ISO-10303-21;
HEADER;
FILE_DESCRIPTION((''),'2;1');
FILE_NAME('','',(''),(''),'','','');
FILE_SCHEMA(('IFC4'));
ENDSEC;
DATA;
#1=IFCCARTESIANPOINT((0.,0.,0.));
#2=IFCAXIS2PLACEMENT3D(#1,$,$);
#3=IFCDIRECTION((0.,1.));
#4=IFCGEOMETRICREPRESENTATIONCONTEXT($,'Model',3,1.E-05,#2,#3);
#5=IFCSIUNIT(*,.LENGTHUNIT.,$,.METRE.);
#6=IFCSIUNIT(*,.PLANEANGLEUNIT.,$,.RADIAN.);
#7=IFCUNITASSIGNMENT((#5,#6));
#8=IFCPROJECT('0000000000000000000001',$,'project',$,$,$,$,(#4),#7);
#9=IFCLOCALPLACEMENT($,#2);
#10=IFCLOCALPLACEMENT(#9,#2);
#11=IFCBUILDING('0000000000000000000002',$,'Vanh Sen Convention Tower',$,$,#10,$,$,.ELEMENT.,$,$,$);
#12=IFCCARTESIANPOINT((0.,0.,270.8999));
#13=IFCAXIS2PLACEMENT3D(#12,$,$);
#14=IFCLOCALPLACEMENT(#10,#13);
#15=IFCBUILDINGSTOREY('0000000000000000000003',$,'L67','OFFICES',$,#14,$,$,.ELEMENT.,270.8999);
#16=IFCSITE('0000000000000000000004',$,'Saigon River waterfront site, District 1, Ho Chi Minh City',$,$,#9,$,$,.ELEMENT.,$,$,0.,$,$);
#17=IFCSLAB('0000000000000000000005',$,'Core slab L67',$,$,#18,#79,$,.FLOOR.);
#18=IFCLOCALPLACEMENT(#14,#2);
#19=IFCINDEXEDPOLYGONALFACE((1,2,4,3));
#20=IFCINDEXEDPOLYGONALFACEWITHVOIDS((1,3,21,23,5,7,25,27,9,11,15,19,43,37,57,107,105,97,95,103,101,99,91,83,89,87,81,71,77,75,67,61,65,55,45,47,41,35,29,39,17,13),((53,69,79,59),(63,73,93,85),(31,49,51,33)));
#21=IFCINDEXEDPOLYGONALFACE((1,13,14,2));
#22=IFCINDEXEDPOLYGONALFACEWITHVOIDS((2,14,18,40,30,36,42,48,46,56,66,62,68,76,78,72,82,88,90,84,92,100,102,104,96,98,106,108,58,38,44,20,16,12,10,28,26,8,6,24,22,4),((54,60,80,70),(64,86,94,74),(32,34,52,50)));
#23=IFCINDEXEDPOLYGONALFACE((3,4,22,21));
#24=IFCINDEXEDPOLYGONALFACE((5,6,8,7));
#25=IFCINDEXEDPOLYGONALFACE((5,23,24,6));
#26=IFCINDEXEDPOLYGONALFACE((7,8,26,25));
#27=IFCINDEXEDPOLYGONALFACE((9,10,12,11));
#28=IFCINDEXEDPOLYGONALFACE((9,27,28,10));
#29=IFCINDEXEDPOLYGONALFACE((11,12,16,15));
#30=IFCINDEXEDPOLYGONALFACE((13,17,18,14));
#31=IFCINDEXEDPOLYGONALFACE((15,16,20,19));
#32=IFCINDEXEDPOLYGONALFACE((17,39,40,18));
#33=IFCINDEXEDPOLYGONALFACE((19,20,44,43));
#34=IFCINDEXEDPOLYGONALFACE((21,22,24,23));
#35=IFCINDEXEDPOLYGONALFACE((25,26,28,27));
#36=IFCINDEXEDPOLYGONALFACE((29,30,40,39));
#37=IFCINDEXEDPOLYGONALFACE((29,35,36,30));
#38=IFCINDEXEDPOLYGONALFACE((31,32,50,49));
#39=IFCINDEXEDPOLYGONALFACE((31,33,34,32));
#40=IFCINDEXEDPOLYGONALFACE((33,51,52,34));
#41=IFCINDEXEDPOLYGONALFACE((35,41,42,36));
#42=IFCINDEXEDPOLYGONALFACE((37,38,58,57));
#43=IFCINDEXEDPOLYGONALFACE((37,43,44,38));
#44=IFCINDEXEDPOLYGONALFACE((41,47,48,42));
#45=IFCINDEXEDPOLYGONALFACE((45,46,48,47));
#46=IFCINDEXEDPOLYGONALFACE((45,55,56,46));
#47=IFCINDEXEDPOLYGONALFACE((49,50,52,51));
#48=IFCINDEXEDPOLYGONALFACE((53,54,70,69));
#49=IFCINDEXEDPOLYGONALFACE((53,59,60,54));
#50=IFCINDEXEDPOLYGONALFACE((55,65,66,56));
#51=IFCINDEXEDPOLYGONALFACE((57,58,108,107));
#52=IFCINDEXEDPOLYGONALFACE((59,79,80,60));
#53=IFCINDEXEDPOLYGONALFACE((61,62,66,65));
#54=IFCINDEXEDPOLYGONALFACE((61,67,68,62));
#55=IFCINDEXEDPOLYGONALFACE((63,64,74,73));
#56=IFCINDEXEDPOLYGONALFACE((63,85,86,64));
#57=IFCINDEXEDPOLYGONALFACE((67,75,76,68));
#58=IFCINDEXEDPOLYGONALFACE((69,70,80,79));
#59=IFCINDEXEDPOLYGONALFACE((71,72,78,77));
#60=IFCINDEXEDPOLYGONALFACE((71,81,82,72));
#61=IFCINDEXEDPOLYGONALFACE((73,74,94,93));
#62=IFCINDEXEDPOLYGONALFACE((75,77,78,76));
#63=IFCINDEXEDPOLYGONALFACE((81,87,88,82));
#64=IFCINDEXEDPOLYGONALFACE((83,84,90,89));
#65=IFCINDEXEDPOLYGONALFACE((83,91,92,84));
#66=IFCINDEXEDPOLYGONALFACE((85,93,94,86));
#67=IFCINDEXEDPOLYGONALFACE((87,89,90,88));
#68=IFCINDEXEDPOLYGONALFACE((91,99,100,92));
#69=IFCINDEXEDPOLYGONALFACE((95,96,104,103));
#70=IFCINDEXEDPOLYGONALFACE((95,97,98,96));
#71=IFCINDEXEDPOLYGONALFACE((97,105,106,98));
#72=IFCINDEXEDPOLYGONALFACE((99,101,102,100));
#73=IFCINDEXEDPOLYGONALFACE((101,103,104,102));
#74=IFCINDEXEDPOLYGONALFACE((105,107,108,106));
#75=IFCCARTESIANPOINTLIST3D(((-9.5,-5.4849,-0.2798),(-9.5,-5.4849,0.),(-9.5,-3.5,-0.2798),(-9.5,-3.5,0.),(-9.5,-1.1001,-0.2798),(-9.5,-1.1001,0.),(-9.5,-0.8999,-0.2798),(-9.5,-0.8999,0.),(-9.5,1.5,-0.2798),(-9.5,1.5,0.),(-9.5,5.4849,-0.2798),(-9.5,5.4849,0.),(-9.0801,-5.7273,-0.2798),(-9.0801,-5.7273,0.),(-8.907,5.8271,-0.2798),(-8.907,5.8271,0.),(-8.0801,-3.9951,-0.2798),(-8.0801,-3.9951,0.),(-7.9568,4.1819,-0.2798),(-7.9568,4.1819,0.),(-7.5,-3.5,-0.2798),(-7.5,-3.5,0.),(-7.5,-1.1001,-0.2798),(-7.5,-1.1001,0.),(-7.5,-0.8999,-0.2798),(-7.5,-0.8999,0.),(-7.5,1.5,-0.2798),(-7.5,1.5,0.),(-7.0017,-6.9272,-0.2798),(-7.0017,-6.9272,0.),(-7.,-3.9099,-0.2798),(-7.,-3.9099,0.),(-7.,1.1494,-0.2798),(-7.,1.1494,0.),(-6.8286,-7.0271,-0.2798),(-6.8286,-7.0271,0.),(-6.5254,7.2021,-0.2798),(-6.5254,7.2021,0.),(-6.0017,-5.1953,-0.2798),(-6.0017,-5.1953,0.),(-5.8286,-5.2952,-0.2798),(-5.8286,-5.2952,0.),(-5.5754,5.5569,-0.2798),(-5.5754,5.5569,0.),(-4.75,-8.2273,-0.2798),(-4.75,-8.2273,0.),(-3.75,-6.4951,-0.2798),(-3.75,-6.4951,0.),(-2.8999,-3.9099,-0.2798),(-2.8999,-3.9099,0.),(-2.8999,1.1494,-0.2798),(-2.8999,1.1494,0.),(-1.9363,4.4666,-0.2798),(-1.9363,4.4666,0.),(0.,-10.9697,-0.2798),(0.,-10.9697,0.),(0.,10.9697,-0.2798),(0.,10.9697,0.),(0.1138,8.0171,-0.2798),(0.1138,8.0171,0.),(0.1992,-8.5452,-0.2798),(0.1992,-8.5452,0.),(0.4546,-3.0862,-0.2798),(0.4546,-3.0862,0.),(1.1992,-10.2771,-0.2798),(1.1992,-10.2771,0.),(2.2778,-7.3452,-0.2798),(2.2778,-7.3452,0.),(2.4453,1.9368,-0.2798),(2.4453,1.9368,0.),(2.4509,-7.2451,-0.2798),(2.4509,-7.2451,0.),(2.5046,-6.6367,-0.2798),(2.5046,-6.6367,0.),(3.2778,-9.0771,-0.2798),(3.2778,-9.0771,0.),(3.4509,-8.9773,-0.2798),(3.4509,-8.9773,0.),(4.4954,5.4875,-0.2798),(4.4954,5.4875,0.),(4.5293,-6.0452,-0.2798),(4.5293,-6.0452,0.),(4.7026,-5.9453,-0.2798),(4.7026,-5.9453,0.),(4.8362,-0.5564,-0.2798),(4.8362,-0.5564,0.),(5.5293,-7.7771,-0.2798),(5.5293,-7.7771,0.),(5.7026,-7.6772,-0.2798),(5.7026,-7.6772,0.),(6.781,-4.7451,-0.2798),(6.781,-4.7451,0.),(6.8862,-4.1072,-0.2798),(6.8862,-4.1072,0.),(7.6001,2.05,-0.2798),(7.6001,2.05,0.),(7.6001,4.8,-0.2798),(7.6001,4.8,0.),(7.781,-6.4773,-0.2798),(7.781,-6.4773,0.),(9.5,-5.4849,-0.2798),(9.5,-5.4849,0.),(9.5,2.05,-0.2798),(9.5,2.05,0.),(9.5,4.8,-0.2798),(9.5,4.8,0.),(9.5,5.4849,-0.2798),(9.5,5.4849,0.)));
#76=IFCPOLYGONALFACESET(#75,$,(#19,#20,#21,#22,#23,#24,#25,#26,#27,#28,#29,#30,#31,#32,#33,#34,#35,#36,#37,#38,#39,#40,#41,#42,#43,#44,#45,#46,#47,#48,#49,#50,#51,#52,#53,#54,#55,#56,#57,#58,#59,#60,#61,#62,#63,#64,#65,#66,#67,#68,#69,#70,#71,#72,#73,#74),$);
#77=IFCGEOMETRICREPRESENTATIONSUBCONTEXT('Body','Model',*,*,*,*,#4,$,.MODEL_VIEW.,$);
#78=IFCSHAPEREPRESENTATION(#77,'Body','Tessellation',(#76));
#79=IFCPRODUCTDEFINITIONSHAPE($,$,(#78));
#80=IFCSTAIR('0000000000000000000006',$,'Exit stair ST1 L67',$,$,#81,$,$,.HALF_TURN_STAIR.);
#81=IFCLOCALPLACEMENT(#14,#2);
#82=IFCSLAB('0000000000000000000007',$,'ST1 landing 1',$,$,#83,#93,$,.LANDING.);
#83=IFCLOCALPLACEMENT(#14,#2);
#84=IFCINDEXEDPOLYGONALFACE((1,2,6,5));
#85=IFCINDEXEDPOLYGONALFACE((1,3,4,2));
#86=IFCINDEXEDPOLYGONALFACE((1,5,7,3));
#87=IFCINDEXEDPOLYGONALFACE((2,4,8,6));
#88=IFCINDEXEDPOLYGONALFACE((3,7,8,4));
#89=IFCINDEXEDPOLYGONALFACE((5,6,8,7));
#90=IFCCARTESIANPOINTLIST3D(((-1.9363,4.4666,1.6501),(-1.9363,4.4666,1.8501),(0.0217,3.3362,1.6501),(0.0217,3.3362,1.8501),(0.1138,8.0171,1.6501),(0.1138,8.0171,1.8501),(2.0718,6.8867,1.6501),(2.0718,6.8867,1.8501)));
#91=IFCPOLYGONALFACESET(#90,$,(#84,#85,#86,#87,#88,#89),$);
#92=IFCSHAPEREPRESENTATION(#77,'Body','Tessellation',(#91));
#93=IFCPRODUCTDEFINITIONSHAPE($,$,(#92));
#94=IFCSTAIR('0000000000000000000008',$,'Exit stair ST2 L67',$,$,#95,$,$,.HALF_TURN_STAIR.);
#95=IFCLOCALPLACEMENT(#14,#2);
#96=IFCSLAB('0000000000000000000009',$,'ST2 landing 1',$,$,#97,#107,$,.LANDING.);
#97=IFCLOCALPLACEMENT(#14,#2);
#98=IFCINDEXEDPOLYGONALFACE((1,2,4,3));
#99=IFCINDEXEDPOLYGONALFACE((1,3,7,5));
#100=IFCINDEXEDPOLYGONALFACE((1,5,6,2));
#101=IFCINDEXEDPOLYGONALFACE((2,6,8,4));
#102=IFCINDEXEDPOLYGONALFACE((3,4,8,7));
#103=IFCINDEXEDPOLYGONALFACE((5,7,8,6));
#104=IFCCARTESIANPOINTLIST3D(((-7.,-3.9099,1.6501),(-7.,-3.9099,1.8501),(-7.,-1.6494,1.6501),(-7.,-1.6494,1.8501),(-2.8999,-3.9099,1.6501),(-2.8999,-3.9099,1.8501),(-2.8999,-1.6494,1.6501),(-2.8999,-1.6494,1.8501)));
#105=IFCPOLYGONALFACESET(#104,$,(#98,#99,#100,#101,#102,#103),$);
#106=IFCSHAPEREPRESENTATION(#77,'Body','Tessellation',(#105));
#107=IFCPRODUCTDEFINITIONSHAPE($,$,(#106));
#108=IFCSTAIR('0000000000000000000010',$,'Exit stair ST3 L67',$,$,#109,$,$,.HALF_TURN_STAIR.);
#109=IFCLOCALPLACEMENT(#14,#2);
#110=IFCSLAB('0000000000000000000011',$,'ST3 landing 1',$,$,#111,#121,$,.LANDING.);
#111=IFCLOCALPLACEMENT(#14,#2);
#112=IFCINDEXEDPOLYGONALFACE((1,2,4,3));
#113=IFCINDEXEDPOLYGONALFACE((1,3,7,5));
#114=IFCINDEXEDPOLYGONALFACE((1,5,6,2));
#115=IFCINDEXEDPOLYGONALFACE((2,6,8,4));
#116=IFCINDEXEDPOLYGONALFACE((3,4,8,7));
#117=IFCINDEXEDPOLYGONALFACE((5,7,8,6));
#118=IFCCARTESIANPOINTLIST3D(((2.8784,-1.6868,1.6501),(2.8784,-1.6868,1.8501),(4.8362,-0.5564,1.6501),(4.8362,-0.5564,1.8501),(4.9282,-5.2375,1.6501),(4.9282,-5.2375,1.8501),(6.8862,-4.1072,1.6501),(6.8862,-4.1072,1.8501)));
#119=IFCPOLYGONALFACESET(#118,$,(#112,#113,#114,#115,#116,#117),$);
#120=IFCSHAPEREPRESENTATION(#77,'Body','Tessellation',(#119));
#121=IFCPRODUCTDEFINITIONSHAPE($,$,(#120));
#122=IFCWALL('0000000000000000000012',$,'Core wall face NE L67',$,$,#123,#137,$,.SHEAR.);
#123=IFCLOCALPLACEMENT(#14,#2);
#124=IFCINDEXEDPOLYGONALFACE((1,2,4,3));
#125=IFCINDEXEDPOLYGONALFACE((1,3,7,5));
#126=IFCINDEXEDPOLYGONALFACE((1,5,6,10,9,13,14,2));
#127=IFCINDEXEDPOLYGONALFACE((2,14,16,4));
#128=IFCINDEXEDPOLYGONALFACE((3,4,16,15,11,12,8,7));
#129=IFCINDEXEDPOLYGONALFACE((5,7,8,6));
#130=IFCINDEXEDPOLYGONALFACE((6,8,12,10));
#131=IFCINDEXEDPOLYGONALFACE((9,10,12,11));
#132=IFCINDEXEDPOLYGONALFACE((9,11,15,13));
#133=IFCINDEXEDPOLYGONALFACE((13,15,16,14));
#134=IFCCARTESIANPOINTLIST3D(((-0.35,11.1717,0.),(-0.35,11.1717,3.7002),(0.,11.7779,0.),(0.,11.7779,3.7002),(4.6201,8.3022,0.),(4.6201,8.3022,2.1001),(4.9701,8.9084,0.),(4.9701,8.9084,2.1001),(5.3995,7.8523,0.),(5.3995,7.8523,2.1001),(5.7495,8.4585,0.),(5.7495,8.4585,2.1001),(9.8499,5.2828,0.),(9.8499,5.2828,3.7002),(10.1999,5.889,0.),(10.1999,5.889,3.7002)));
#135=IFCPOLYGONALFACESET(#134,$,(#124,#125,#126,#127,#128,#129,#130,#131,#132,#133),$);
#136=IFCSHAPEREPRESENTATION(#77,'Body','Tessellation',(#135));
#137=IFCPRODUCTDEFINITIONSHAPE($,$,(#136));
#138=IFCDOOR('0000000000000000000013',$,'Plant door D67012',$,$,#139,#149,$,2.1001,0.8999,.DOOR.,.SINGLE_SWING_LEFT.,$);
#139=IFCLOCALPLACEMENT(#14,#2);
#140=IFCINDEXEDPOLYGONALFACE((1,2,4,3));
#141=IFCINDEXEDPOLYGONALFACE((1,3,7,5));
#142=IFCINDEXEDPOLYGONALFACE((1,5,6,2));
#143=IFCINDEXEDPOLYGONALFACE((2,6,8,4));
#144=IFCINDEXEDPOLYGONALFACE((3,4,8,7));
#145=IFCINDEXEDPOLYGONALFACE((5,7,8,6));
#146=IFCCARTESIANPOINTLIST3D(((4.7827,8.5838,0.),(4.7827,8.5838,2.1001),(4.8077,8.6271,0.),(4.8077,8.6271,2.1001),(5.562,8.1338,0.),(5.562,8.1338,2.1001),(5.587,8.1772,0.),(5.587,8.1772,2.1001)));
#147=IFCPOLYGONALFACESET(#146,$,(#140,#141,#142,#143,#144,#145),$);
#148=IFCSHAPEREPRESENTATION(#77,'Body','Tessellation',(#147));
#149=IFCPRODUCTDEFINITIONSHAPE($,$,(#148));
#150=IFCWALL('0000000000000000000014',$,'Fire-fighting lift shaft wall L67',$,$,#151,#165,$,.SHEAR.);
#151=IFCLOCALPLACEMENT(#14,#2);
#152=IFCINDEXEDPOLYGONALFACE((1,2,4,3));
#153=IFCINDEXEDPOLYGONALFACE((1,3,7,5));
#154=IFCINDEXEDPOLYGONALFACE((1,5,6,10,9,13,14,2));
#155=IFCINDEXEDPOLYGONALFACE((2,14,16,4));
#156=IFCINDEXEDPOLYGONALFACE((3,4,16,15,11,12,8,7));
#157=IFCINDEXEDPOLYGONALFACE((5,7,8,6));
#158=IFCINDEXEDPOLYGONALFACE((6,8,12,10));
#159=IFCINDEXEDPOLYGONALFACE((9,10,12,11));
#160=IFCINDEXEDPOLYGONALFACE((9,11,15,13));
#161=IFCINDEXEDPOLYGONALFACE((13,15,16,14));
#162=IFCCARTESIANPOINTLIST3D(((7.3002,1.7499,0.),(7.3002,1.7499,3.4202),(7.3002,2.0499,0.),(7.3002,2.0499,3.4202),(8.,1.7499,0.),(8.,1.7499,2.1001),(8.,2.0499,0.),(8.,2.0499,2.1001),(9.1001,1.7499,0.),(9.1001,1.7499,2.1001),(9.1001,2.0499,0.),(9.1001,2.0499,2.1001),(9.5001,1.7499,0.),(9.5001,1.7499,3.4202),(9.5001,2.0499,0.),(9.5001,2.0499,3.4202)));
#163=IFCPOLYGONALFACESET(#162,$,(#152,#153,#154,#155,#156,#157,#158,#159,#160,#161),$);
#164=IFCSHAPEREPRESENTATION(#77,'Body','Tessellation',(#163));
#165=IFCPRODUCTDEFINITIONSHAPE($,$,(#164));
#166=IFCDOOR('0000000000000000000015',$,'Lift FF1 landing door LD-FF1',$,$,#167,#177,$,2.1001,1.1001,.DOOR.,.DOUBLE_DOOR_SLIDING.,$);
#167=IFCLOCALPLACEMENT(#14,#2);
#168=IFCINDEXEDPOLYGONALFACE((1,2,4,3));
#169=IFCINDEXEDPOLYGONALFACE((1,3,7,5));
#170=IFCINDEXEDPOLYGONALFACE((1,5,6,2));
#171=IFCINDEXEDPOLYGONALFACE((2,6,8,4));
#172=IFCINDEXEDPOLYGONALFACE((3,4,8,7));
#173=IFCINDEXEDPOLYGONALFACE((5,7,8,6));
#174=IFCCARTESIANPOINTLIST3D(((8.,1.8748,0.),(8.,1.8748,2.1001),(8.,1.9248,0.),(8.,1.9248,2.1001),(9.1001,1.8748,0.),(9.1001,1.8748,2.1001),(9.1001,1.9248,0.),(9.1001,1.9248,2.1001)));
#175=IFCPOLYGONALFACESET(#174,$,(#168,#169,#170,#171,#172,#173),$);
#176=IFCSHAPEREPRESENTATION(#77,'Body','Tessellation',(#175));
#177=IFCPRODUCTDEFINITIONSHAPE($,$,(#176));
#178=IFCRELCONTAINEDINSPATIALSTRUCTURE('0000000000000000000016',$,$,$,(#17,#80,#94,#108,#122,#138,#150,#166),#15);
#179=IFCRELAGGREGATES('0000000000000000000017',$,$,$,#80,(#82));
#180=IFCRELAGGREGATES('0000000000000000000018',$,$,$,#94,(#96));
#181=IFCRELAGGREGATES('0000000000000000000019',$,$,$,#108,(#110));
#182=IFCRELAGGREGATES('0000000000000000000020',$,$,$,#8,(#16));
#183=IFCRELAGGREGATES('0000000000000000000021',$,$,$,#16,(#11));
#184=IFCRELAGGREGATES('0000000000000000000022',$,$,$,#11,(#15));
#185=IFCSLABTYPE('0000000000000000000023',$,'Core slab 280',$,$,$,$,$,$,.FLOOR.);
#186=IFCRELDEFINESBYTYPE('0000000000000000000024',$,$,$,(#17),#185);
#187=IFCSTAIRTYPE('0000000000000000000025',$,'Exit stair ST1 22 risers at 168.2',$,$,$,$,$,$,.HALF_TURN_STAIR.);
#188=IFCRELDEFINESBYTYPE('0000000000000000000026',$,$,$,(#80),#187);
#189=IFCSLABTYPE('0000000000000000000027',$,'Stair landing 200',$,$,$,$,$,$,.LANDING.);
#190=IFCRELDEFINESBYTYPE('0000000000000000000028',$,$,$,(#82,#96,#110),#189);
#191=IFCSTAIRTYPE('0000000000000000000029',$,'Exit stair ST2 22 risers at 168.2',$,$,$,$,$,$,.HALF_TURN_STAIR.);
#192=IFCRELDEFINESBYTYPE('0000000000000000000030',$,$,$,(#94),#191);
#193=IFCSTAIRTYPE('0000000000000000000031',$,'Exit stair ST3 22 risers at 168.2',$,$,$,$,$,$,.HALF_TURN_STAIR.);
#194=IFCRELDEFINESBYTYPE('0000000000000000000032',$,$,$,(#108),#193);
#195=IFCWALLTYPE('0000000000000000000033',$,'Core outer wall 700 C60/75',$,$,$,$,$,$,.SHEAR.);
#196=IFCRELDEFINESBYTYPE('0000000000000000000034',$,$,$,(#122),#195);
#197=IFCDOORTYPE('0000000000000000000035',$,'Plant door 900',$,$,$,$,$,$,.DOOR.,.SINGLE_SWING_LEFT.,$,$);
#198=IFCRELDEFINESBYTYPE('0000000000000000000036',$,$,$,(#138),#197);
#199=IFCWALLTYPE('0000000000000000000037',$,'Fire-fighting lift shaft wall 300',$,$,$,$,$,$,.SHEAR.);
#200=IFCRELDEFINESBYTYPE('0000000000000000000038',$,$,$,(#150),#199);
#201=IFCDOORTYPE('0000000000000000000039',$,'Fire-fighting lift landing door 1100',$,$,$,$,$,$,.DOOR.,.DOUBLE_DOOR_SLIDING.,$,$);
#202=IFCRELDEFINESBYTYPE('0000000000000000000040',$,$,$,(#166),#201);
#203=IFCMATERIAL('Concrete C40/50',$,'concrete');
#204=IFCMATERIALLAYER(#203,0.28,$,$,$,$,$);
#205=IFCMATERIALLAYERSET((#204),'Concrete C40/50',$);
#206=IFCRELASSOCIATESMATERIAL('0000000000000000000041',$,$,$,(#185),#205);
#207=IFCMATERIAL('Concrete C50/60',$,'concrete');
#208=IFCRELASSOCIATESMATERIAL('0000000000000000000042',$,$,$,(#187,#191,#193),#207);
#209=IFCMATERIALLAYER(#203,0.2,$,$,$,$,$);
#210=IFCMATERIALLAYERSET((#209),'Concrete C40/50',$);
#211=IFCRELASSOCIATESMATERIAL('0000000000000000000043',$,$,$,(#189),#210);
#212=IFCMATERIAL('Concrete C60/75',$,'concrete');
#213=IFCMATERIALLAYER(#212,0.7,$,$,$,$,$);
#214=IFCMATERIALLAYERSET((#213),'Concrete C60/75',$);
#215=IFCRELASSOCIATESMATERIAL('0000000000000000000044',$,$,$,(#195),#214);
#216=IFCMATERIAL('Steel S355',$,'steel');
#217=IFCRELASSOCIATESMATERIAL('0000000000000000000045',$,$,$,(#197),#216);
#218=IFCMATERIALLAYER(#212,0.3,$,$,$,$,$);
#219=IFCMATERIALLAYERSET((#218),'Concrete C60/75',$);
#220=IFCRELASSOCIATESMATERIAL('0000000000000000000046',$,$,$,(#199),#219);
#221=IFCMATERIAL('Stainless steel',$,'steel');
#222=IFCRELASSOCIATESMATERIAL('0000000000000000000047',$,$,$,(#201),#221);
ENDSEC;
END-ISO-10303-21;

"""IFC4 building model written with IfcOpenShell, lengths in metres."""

from ifc_helpers import new_model, si_unit, direction, frame, frame_2d, origin, place, context, subcontext, project, spatial, polyline, rectangle, outline, extrude, material, layer, layer_set, type_object, element, fill, aggregate, save


model = new_model("IFC4")

# Units and contexts
model_context = context("Model", 3, precision=1e-05, world=origin(), true_north=direction((0.0, 1.0)))
body_context = subcontext(model_context, "Body", "Model", "MODEL_VIEW")
ifc_project = project(units=[si_unit("LENGTHUNIT", "METRE"), si_unit("PLANEANGLEUNIT", "RADIAN")], contexts=[model_context])

# Site, building, storey
site_placement = place(None, origin())
site = spatial("IfcSite", under=ifc_project, at=site_placement, Name="Saigon River waterfront site, District 1, Ho Chi Minh City", CompositionType="ELEMENT", RefElevation=0.0)
building_placement = place(site_placement, origin())
building = spatial("IfcBuilding", under=site, at=building_placement, Name="Vanh Sen Convention Tower", CompositionType="ELEMENT")
storey_placement = place(building_placement, frame((0.0, 0.0, 270.8999)))
storey = spatial("IfcBuildingStorey", under=building, at=storey_placement, Name="L67", Description="OFFICES", CompositionType="ELEMENT", Elevation=270.8999)

# Slab
ifc_material_1 = material(Name="Concrete C40/50", Category="concrete")
ifc_layer_1 = layer(ifc_material_1, 0.28)
ifc_layer_set_1 = layer_set([ifc_layer_1], Name="Concrete C40/50")
slab_type_1 = type_object("IfcSlabType", Name="Core slab 280", PredefinedType="FLOOR", material=ifc_layer_set_1)
slab_1_placement = place(storey_placement, frame((0.0, 0.0, -0.2798)))
element("IfcSlab", 1, at=slab_1_placement, inside=storey, type_object=slab_type_1, Name="Core slab L67", PredefinedType="FLOOR", context=body_context, shape_type="SweptSolid", body=[
    extrude(outline(polyline([(0.0, 10.9697), (9.5, 5.4849), (9.5, 4.8), (7.6001, 4.8), (7.6001, 2.05), (9.5, 2.05), (9.5, -5.4849), (7.781, -6.4773), (6.781, -4.7451), (4.7026, -5.9453), (5.7026, -7.6772), (5.5293, -7.7771), (4.5293, -6.0452), (2.4509, -7.2451), (3.4509, -8.9773), (3.2778, -9.0771), (2.2778, -7.3452), (0.1992, -8.5452), (1.1992, -10.2771), (0.0, -10.9697), (-4.75, -8.2273), (-3.75, -6.4951), (-5.8286, -5.2952), (-6.8286, -7.0271), (-7.0017, -6.9272), (-6.0017, -5.1953), (-8.0801, -3.9951), (-9.0801, -5.7273), (-9.5, -5.4849), (-9.5, -3.5), (-7.5, -3.5), (-7.5, -1.1001), (-9.5, -1.1001), (-9.5, -0.8999), (-7.5, -0.8999), (-7.5, 1.5), (-9.5, 1.5), (-9.5, 5.4849), (-8.907, 5.8271), (-7.9568, 4.1819), (-5.5754, 5.5569), (-6.5254, 7.2021), (0.0, 10.9697)]), holes=[polyline([(-7.0, 1.1494), (-7.0, -3.9099), (-2.8999, -3.9099), (-2.8999, 1.1494), (-7.0, 1.1494)]), polyline([(2.5046, -6.6367), (6.8862, -4.1072), (4.8362, -0.5564), (0.4546, -3.0862), (2.5046, -6.6367)]), polyline([(0.1138, 8.0171), (-1.9363, 4.4666), (2.4453, 1.9368), (4.4954, 5.4875), (0.1138, 8.0171)])]), origin(), (0.0, 0.0, 1.0), 0.2798),
])

# Stairs, slabs
ifc_material_2 = material(Name="Concrete C50/60", Category="concrete")
stair_type_1 = type_object("IfcStairType", Name="Exit stair ST1 22 risers at 168.2", PredefinedType="HALF_TURN_STAIR", material=ifc_material_2)
stair_1_placement = place(storey_placement, origin())
stair_1 = element("IfcStair", 2, at=stair_1_placement, inside=storey, type_object=stair_type_1, Name="Exit stair ST1 L67", PredefinedType="HALF_TURN_STAIR")
ifc_layer_2 = layer(ifc_material_1, 0.2)
ifc_layer_set_2 = layer_set([ifc_layer_2], Name="Concrete C40/50")
slab_type_2 = type_object("IfcSlabType", Name="Stair landing 200", PredefinedType="LANDING", material=ifc_layer_set_2)
slab_2_placement = place(storey_placement, frame((0.0, 0.0, 1.6501)))
slab_2 = element("IfcSlab", 3, at=slab_2_placement, type_object=slab_type_2, Name="ST1 landing 1", PredefinedType="LANDING", context=body_context, shape_type="SweptSolid", body=[
    extrude(outline(polyline([(2.0718, 6.8867), (0.1138, 8.0171), (-1.9363, 4.4666), (0.0217, 3.3362), (2.0718, 6.8867)])), origin(), (0.0, 0.0, 1.0), 0.2),
])
aggregate(stair_1, [slab_2])
stair_type_2 = type_object("IfcStairType", Name="Exit stair ST2 22 risers at 168.2", PredefinedType="HALF_TURN_STAIR", material=ifc_material_2)
stair_2_placement = place(storey_placement, origin())
stair_2 = element("IfcStair", 4, at=stair_2_placement, inside=storey, type_object=stair_type_2, Name="Exit stair ST2 L67", PredefinedType="HALF_TURN_STAIR")
slab_3_placement = place(storey_placement, frame((0.0, 0.0, 1.6501)))
slab_3 = element("IfcSlab", 5, at=slab_3_placement, type_object=slab_type_2, Name="ST2 landing 1", PredefinedType="LANDING", context=body_context, shape_type="SweptSolid", body=[
    extrude(outline(polyline([(-7.0, -1.6494), (-7.0, -3.9099), (-2.8999, -3.9099), (-2.8999, -1.6494), (-7.0, -1.6494)])), origin(), (0.0, 0.0, 1.0), 0.2),
])
aggregate(stair_2, [slab_3])
stair_type_3 = type_object("IfcStairType", Name="Exit stair ST3 22 risers at 168.2", PredefinedType="HALF_TURN_STAIR", material=ifc_material_2)
stair_3_placement = place(storey_placement, origin())
stair_3 = element("IfcStair", 6, at=stair_3_placement, inside=storey, type_object=stair_type_3, Name="Exit stair ST3 L67", PredefinedType="HALF_TURN_STAIR")
slab_4_placement = place(storey_placement, frame((0.0, 0.0, 1.6501)))
slab_4 = element("IfcSlab", 7, at=slab_4_placement, type_object=slab_type_2, Name="ST3 landing 1", PredefinedType="LANDING", context=body_context, shape_type="SweptSolid", body=[
    extrude(outline(polyline([(4.9282, -5.2375), (6.8862, -4.1072), (4.8362, -0.5564), (2.8784, -1.6868), (4.9282, -5.2375)])), origin(), (0.0, 0.0, 1.0), 0.2),
])
aggregate(stair_3, [slab_4])

# Walls, openings, doors
ifc_material_3 = material(Name="Concrete C60/75", Category="concrete")
ifc_layer_3 = layer(ifc_material_3, 0.7)
ifc_layer_set_3 = layer_set([ifc_layer_3], Name="Concrete C60/75")
wall_type_1 = type_object("IfcWallType", Name="Core outer wall 700 C60/75", PredefinedType="SHEAR", material=ifc_layer_set_3)
wall_1_placement = place(storey_placement, frame((10.0249, 5.5859, 0.0), z_axis=(0.0, 0.0, 1.0), x_axis=(-0.866026, 0.499998, 0.0)))
wall_1 = element("IfcWall", 8, at=wall_1_placement, inside=storey, type_object=wall_type_1, Name="Core wall face NE L67", PredefinedType="SHEAR", context=body_context, shape_type="SweptSolid", body=[
    extrude(rectangle(XDim=11.7778, YDim=0.7, at=frame_2d((5.8889, 0.0))), origin(), (0.0, 0.0, 1.0), 3.7002),
])
opening_1_placement = place(wall_1_placement, frame((5.1389, 0.0, 0.0)))
opening_1 = element("IfcOpeningElement", 9, at=opening_1_placement, cuts=wall_1, PredefinedType="OPENING", context=body_context, shape_type="SweptSolid", body=[
    extrude(rectangle(XDim=0.8999, YDim=2.1001, at=frame_2d((0.45, 1.05))), frame((0.0, 0.3599, 0.0), z_axis=(0.0, -1.0, 0.0), x_axis=(1.0, 0.0, 0.0)), (0.0, 0.0, 1.0), 0.72),
])
ifc_material_4 = material(Name="Steel S355", Category="steel")
door_type_1 = type_object("IfcDoorType", Name="Plant door 900", OperationType="SINGLE_SWING_LEFT", PredefinedType="DOOR", material=ifc_material_4)
door_1_placement = place(opening_1_placement, origin())
door_1 = element("IfcDoor", 10, at=door_1_placement, inside=storey, type_object=door_type_1, Name="Plant door D67012", OperationType="SINGLE_SWING_LEFT", OverallHeight=2.1001, OverallWidth=0.8999, PredefinedType="DOOR", context=body_context, shape_type="SweptSolid", body=[
    extrude(rectangle(XDim=0.8999, YDim=2.1001, at=frame_2d((0.45, 1.05))), frame((0.0, 0.0249, 0.0), z_axis=(0.0, -1.0, 0.0), x_axis=(1.0, 0.0, 0.0)), (0.0, 0.0, 1.0), 0.05),
])
fill(opening_1, door_1)
ifc_layer_4 = layer(ifc_material_3, 0.3)
ifc_layer_set_4 = layer_set([ifc_layer_4], Name="Concrete C60/75")
wall_type_2 = type_object("IfcWallType", Name="Fire-fighting lift shaft wall 300", PredefinedType="SHEAR", material=ifc_layer_set_4)
wall_2_placement = place(storey_placement, frame((7.3, 1.8999, 0.0), z_axis=(0.0, 0.0, 1.0), x_axis=(1.0, 0.0, 0.0)))
wall_2 = element("IfcWall", 11, at=wall_2_placement, inside=storey, type_object=wall_type_2, Name="Fire-fighting lift shaft wall L67", PredefinedType="SHEAR", context=body_context, shape_type="SweptSolid", body=[
    extrude(rectangle(XDim=2.2, YDim=0.3, at=frame_2d((1.1001, 0.0))), origin(), (0.0, 0.0, 1.0), 3.4202),
])
opening_2_placement = place(wall_2_placement, frame((0.7, 0.0, 0.0)))
opening_2 = element("IfcOpeningElement", 12, at=opening_2_placement, cuts=wall_2, PredefinedType="OPENING", context=body_context, shape_type="SweptSolid", body=[
    extrude(rectangle(XDim=1.1001, YDim=2.1001, at=frame_2d((0.55, 1.05))), frame((0.0, 0.1599, 0.0), z_axis=(0.0, -1.0, 0.0), x_axis=(1.0, 0.0, 0.0)), (0.0, 0.0, 1.0), 0.3201),
])
ifc_material_5 = material(Name="Stainless steel", Category="steel")
door_type_2 = type_object("IfcDoorType", Name="Fire-fighting lift landing door 1100", OperationType="DOUBLE_DOOR_SLIDING", PredefinedType="DOOR", material=ifc_material_5)
door_2_placement = place(opening_2_placement, origin())
door_2 = element("IfcDoor", 13, at=door_2_placement, inside=storey, type_object=door_type_2, Name="Lift FF1 landing door LD-FF1", OperationType="DOUBLE_DOOR_SLIDING", OverallHeight=2.1001, OverallWidth=1.1001, PredefinedType="DOOR", context=body_context, shape_type="SweptSolid", body=[
    extrude(rectangle(XDim=1.1001, YDim=2.1001, at=frame_2d((0.55, 1.05))), frame((0.0, 0.0249, 0.0), z_axis=(0.0, -1.0, 0.0), x_axis=(1.0, 0.0, 0.0)), (0.0, 0.0, 1.0), 0.05),
])
fill(opening_2, door_2)

save(model, "model.ifc")
